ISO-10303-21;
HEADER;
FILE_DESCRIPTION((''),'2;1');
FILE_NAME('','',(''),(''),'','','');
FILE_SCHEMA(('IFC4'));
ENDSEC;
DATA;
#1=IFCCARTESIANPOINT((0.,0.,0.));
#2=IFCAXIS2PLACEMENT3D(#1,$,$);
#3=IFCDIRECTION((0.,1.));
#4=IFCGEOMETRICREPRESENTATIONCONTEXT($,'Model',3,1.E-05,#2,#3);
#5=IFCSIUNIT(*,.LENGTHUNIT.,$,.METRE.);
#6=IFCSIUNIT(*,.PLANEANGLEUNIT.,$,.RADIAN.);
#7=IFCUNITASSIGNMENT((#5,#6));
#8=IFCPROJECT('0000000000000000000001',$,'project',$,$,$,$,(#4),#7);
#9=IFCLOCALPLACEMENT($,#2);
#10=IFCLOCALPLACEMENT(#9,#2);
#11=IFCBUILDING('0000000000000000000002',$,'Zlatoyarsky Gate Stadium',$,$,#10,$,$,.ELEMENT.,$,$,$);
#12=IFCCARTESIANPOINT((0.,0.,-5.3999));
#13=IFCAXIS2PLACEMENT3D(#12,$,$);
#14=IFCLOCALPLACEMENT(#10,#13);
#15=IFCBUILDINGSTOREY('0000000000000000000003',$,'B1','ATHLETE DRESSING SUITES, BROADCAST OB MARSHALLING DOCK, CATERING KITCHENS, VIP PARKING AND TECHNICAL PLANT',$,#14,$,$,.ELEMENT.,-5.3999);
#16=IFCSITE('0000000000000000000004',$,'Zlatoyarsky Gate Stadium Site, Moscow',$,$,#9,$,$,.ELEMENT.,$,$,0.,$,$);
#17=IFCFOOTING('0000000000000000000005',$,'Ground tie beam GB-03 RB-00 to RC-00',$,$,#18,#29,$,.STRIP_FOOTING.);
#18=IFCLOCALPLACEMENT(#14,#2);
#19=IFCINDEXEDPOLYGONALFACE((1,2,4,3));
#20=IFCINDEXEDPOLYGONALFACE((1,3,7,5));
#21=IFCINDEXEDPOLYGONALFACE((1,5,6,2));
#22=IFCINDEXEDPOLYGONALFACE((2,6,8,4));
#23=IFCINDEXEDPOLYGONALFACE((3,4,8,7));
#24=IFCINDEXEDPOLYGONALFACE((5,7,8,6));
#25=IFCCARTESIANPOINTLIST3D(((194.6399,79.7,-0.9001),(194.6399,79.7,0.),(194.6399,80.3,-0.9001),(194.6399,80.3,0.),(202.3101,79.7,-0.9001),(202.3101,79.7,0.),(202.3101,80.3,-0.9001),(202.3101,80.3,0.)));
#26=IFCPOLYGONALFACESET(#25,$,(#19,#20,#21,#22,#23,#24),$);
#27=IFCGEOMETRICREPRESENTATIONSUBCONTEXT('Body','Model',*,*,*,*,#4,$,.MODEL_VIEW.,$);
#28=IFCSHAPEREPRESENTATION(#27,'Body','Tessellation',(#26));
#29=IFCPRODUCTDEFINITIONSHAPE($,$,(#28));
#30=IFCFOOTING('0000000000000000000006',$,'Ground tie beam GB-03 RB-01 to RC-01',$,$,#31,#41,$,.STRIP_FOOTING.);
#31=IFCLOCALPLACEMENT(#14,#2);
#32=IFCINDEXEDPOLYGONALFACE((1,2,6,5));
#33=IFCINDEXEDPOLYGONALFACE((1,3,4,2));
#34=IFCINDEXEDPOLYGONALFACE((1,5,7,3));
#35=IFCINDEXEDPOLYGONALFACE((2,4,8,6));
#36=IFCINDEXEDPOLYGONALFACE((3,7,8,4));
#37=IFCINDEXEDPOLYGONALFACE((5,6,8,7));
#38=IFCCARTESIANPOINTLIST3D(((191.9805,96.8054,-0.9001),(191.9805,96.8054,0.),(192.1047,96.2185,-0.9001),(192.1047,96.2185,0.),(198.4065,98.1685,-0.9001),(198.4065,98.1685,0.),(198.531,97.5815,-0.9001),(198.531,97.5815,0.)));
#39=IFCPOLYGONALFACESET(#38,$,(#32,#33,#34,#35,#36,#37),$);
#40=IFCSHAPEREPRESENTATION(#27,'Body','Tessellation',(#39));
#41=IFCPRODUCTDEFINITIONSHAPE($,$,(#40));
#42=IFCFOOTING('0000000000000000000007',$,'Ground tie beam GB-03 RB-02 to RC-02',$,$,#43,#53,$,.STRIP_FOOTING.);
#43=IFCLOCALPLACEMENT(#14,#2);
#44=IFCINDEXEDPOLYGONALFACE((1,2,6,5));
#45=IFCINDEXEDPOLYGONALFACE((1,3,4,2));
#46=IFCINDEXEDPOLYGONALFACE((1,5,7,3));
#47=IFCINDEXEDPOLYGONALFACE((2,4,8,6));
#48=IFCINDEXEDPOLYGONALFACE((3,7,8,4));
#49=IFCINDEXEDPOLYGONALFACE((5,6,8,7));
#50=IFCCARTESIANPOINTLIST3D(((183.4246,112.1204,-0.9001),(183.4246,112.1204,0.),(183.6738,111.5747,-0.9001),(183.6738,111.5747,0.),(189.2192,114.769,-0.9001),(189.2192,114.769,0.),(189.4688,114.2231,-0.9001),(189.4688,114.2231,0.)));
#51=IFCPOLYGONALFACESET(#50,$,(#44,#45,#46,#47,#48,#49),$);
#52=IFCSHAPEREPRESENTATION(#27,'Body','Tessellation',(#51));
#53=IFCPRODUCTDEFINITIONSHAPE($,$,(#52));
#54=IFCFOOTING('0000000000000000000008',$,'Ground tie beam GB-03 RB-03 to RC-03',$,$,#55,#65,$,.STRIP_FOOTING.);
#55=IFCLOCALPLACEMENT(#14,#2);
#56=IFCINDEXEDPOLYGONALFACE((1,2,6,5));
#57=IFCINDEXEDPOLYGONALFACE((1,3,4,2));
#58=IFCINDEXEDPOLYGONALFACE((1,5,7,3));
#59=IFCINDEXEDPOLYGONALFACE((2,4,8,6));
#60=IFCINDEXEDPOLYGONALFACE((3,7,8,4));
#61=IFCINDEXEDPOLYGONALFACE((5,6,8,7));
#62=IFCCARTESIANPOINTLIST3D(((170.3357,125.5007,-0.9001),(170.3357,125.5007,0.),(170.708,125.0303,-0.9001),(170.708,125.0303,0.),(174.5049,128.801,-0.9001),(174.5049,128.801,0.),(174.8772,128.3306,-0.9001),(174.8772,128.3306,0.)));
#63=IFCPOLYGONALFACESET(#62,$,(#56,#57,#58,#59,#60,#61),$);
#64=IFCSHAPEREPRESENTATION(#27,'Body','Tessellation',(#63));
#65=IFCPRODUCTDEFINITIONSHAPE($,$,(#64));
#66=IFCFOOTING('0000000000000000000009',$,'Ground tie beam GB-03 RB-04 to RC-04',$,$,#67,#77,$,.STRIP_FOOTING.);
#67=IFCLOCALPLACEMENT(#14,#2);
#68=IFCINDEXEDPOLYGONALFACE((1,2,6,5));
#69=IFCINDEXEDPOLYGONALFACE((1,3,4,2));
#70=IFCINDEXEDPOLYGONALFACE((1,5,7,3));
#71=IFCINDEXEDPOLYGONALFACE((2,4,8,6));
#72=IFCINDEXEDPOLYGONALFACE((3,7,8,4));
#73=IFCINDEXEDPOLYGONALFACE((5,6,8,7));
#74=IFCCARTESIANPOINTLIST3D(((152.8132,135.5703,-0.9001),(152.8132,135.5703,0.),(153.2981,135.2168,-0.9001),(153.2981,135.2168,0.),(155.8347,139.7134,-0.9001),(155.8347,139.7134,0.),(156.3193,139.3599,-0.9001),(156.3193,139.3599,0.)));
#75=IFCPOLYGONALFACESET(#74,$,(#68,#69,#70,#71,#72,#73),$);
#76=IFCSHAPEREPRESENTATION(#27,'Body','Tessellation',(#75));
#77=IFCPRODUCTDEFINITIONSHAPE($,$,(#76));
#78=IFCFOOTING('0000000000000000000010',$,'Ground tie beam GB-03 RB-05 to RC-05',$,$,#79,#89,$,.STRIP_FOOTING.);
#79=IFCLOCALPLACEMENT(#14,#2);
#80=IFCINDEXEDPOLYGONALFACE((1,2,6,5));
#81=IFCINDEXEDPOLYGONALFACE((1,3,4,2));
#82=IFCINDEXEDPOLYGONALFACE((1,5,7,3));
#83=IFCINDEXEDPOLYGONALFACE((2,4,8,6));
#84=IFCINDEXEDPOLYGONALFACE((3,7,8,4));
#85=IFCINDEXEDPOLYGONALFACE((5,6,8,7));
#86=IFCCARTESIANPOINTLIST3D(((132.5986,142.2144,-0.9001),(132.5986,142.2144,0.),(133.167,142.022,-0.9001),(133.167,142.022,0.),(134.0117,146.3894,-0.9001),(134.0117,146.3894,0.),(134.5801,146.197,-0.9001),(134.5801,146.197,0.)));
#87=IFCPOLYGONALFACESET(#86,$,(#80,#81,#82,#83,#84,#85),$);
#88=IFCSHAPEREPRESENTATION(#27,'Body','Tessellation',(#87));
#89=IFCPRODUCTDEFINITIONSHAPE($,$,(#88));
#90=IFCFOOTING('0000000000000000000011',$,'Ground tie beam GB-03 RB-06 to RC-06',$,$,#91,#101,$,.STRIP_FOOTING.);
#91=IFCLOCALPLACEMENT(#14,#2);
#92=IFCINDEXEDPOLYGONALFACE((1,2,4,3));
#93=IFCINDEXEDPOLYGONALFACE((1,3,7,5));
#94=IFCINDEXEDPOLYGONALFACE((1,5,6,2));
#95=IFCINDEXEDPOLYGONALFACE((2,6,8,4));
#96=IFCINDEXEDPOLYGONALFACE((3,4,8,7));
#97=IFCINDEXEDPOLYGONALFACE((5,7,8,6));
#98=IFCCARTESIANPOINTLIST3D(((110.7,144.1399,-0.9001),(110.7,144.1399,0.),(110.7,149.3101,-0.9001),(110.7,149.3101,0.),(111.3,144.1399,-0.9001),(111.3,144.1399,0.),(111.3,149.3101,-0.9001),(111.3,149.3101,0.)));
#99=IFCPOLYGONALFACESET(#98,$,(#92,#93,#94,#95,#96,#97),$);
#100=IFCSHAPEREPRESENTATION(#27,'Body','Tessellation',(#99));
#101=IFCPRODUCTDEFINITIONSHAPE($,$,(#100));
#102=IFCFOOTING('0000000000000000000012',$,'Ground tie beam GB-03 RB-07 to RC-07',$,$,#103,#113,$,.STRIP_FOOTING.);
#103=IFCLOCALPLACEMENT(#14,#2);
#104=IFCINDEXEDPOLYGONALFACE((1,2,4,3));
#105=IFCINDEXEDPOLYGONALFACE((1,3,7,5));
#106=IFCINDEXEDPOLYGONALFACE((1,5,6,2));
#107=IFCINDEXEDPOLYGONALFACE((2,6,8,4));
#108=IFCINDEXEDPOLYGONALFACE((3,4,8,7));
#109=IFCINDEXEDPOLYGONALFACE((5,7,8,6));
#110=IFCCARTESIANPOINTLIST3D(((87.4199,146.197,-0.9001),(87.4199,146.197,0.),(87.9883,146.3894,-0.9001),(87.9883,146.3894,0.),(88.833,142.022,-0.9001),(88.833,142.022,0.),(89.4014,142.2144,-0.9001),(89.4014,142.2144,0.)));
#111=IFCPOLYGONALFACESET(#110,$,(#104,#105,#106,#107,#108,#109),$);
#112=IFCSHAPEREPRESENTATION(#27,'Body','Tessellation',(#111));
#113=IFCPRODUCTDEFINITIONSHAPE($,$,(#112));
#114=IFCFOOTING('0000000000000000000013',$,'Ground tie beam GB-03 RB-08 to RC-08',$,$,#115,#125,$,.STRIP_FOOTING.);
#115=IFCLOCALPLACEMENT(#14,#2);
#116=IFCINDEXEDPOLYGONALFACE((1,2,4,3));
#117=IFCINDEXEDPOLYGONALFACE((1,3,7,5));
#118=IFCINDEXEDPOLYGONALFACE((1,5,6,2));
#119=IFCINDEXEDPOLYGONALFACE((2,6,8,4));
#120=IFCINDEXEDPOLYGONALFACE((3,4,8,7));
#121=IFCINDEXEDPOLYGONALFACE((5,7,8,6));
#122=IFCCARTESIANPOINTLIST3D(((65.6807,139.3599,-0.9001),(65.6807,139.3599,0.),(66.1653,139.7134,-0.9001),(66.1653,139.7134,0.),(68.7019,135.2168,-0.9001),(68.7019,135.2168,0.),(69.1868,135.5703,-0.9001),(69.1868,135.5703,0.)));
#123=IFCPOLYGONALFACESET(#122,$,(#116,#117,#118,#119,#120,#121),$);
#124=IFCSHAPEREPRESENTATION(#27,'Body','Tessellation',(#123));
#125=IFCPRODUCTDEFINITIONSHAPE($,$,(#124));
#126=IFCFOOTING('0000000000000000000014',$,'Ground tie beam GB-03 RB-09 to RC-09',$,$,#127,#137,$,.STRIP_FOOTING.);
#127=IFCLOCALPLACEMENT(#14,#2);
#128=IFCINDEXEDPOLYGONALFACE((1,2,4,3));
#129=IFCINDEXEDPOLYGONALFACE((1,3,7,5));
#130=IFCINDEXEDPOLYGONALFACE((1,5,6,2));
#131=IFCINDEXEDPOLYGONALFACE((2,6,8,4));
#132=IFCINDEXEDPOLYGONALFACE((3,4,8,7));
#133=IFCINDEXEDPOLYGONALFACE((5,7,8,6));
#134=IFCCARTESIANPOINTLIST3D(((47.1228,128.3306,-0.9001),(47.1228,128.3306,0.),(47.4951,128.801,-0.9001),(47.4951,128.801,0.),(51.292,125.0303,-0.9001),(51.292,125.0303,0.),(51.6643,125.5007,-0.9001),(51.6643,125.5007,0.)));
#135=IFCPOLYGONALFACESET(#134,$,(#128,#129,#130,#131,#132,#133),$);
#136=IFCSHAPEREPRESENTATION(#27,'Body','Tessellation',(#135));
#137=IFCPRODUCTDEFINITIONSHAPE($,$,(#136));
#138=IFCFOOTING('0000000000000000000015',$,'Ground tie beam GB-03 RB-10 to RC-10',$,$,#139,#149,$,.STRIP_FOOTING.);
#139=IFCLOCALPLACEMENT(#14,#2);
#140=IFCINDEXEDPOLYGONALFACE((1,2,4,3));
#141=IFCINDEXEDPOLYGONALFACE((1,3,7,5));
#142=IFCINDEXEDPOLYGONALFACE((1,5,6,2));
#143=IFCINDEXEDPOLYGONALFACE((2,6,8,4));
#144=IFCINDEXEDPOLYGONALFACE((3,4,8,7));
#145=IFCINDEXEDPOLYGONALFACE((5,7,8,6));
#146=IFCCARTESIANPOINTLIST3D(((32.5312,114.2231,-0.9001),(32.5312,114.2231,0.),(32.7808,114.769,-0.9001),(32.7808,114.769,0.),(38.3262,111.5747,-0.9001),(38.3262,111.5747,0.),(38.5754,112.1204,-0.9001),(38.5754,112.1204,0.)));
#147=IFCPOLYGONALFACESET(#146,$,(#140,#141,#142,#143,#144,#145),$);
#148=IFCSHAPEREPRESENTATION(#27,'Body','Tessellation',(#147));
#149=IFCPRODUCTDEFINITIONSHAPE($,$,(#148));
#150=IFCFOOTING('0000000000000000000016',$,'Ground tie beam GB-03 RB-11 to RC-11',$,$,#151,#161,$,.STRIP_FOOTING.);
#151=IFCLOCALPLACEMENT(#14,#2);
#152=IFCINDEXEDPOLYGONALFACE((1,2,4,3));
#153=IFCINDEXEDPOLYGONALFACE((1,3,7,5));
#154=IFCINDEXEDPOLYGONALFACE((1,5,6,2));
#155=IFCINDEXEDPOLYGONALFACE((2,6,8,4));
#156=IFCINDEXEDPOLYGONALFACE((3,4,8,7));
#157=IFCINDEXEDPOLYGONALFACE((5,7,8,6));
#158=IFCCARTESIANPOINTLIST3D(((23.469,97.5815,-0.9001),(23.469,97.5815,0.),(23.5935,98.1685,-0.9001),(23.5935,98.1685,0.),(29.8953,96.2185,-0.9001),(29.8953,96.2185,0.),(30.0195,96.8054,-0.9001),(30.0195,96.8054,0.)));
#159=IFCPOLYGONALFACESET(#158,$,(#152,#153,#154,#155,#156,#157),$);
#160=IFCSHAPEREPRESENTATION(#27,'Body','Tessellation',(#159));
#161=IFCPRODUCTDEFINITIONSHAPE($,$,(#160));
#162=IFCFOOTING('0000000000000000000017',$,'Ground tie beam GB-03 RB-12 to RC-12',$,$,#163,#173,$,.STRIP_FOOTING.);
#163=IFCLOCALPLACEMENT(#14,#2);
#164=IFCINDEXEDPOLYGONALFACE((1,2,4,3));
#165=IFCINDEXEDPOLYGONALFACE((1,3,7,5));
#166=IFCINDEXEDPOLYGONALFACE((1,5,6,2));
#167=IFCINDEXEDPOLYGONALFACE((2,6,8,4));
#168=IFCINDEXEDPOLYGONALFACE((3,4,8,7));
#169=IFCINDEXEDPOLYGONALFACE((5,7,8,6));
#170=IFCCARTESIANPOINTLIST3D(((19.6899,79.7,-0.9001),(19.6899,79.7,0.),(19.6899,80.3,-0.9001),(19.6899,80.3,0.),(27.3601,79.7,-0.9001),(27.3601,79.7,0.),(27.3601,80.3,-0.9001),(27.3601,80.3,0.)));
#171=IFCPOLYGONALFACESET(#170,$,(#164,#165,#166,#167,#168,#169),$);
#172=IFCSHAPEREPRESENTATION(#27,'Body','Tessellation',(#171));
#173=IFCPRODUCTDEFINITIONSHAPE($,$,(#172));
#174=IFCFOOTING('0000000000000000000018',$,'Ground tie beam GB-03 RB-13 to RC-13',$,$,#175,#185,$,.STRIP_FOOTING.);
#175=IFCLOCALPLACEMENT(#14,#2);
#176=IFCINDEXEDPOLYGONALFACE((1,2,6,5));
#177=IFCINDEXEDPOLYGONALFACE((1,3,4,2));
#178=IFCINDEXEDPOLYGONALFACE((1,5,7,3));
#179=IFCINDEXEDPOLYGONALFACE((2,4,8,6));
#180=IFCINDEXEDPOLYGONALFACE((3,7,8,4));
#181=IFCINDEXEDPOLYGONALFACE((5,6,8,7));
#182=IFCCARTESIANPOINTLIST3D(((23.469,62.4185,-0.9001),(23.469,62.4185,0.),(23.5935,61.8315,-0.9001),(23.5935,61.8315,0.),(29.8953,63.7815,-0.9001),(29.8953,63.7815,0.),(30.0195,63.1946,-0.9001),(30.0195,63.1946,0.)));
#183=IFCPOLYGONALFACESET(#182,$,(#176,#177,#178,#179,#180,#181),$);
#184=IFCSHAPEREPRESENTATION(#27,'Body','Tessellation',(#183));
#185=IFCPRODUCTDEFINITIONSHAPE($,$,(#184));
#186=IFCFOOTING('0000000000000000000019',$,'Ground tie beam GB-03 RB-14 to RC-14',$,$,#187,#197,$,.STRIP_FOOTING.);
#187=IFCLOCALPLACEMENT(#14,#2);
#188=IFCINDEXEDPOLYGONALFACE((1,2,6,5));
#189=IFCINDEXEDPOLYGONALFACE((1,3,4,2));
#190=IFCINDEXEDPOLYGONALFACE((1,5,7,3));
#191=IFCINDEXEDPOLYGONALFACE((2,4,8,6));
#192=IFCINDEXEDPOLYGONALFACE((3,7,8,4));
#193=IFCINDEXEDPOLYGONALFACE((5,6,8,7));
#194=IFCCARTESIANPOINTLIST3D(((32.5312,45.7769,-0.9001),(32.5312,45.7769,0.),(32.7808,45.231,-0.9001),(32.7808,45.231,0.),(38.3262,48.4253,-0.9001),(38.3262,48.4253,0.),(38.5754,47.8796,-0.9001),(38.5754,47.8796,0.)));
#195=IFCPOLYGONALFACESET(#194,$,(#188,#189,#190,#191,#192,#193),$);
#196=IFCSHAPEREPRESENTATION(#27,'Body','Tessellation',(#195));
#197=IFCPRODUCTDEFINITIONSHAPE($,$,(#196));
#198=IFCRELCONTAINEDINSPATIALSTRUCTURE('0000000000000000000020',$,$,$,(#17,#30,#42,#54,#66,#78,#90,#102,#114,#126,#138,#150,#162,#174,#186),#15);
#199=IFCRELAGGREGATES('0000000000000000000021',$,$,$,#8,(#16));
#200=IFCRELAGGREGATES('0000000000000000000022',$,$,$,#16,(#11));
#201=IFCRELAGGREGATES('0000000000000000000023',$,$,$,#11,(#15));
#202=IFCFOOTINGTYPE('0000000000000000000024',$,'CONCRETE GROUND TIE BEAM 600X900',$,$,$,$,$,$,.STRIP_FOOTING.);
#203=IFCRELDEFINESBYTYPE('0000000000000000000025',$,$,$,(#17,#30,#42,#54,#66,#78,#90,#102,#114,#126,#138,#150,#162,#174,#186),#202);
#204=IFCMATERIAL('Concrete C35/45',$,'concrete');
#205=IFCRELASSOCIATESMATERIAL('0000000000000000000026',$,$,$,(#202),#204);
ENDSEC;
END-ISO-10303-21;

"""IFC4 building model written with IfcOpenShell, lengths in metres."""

from ifc_helpers import new_model, si_unit, direction, frame, origin, origin_2d, place, context, subcontext, project, spatial, polyline, rectangle, outline, extrude, material, material_profile, profile_set, type_object, element, save


model = new_model("IFC4")

# Units and contexts
model_context = context("Model", 3, precision=1e-05, world=origin(), true_north=direction((0.0, 1.0)))
body_context = subcontext(model_context, "Body", "Model", "MODEL_VIEW")
ifc_project = project(units=[si_unit("LENGTHUNIT", "METRE"), si_unit("PLANEANGLEUNIT", "RADIAN")], contexts=[model_context])

# Site, building, storey
site_placement = place(None, origin())
site = spatial("IfcSite", under=ifc_project, at=site_placement, Name="Zlatoyarsky Gate Stadium Site, Moscow", CompositionType="ELEMENT", RefElevation=0.0)
building_placement = place(site_placement, origin())
building = spatial("IfcBuilding", under=site, at=building_placement, Name="Zlatoyarsky Gate Stadium", CompositionType="ELEMENT")
storey_placement = place(building_placement, frame((0.0, 0.0, -5.3999)))
storey = spatial("IfcBuildingStorey", under=building, at=storey_placement, Name="B1", Description="ATHLETE DRESSING SUITES, BROADCAST OB MARSHALLING DOCK, CATERING KITCHENS, VIP PARKING AND TECHNICAL PLANT", CompositionType="ELEMENT", Elevation=-5.3999)

# Footings
ifc_material = material(Name="Concrete C35/45", Category="concrete")
ifc_material_profile_1 = material_profile(ifc_material, rectangle(XDim=0.6001, YDim=0.8999, at=origin_2d()), Name="GB 600X900")
ifc_profile_set_1 = profile_set([ifc_material_profile_1], Name="Concrete C35/45")
footing_type_1 = type_object("IfcFootingType", Name="CONCRETE GROUND TIE BEAM 600X900", PredefinedType="STRIP_FOOTING", material=ifc_profile_set_1)
footing_1_placement = place(storey_placement, frame((0.0, 0.0, -0.9001)))
element("IfcFooting", 1, at=footing_1_placement, inside=storey, type_object=footing_type_1, Name="Ground tie beam GB-03 RB-00 to RC-00", PredefinedType="STRIP_FOOTING", context=body_context, shape_type="SweptSolid", body=[
    extrude(outline(polyline([(194.6399, 79.7), (202.3101, 79.7), (202.3101, 80.3), (194.6399, 80.3), (194.6399, 79.7)])), origin(), (0.0, 0.0, 1.0), 0.9001),
])
footing_2_placement = place(storey_placement, frame((0.0, 0.0, -0.9001)))
element("IfcFooting", 2, at=footing_2_placement, inside=storey, type_object=footing_type_1, Name="Ground tie beam GB-03 RB-01 to RC-01", PredefinedType="STRIP_FOOTING", context=body_context, shape_type="SweptSolid", body=[
    extrude(outline(polyline([(192.1047, 96.2185), (198.531, 97.5815), (198.4065, 98.1685), (191.9805, 96.8054), (192.1047, 96.2185)])), origin(), (0.0, 0.0, 1.0), 0.9001),
])
footing_3_placement = place(storey_placement, frame((0.0, 0.0, -0.9001)))
element("IfcFooting", 3, at=footing_3_placement, inside=storey, type_object=footing_type_1, Name="Ground tie beam GB-03 RB-02 to RC-02", PredefinedType="STRIP_FOOTING", context=body_context, shape_type="SweptSolid", body=[
    extrude(outline(polyline([(183.6738, 111.5747), (189.4688, 114.2231), (189.2192, 114.769), (183.4246, 112.1204), (183.6738, 111.5747)])), origin(), (0.0, 0.0, 1.0), 0.9001),
])
footing_4_placement = place(storey_placement, frame((0.0, 0.0, -0.9001)))
element("IfcFooting", 4, at=footing_4_placement, inside=storey, type_object=footing_type_1, Name="Ground tie beam GB-03 RB-03 to RC-03", PredefinedType="STRIP_FOOTING", context=body_context, shape_type="SweptSolid", body=[
    extrude(outline(polyline([(170.708, 125.0303), (174.8772, 128.3306), (174.5049, 128.801), (170.3357, 125.5007), (170.708, 125.0303)])), origin(), (0.0, 0.0, 1.0), 0.9001),
])
footing_5_placement = place(storey_placement, frame((0.0, 0.0, -0.9001)))
element("IfcFooting", 5, at=footing_5_placement, inside=storey, type_object=footing_type_1, Name="Ground tie beam GB-03 RB-04 to RC-04", PredefinedType="STRIP_FOOTING", context=body_context, shape_type="SweptSolid", body=[
    extrude(outline(polyline([(153.2981, 135.2168), (156.3193, 139.3599), (155.8347, 139.7134), (152.8132, 135.5703), (153.2981, 135.2168)])), origin(), (0.0, 0.0, 1.0), 0.9001),
])
footing_6_placement = place(storey_placement, frame((0.0, 0.0, -0.9001)))
element("IfcFooting", 6, at=footing_6_placement, inside=storey, type_object=footing_type_1, Name="Ground tie beam GB-03 RB-05 to RC-05", PredefinedType="STRIP_FOOTING", context=body_context, shape_type="SweptSolid", body=[
    extrude(outline(polyline([(133.167, 142.022), (134.5801, 146.197), (134.0117, 146.3894), (132.5986, 142.2144), (133.167, 142.022)])), origin(), (0.0, 0.0, 1.0), 0.9001),
])
footing_7_placement = place(storey_placement, frame((0.0, 0.0, -0.9001)))
element("IfcFooting", 7, at=footing_7_placement, inside=storey, type_object=footing_type_1, Name="Ground tie beam GB-03 RB-06 to RC-06", PredefinedType="STRIP_FOOTING", context=body_context, shape_type="SweptSolid", body=[
    extrude(outline(polyline([(111.3, 144.1399), (111.3, 149.3101), (110.7, 149.3101), (110.7, 144.1399), (111.3, 144.1399)])), origin(), (0.0, 0.0, 1.0), 0.9001),
])
footing_8_placement = place(storey_placement, frame((0.0, 0.0, -0.9001)))
element("IfcFooting", 8, at=footing_8_placement, inside=storey, type_object=footing_type_1, Name="Ground tie beam GB-03 RB-07 to RC-07", PredefinedType="STRIP_FOOTING", context=body_context, shape_type="SweptSolid", body=[
    extrude(outline(polyline([(89.4014, 142.2144), (87.9883, 146.3894), (87.4199, 146.197), (88.833, 142.022), (89.4014, 142.2144)])), origin(), (0.0, 0.0, 1.0), 0.9001),
])
footing_9_placement = place(storey_placement, frame((0.0, 0.0, -0.9001)))
element("IfcFooting", 9, at=footing_9_placement, inside=storey, type_object=footing_type_1, Name="Ground tie beam GB-03 RB-08 to RC-08", PredefinedType="STRIP_FOOTING", context=body_context, shape_type="SweptSolid", body=[
    extrude(outline(polyline([(69.1868, 135.5703), (66.1653, 139.7134), (65.6807, 139.3599), (68.7019, 135.2168), (69.1868, 135.5703)])), origin(), (0.0, 0.0, 1.0), 0.9001),
])
footing_10_placement = place(storey_placement, frame((0.0, 0.0, -0.9001)))
element("IfcFooting", 10, at=footing_10_placement, inside=storey, type_object=footing_type_1, Name="Ground tie beam GB-03 RB-09 to RC-09", PredefinedType="STRIP_FOOTING", context=body_context, shape_type="SweptSolid", body=[
    extrude(outline(polyline([(51.6643, 125.5007), (47.4951, 128.801), (47.1228, 128.3306), (51.292, 125.0303), (51.6643, 125.5007)])), origin(), (0.0, 0.0, 1.0), 0.9001),
])
footing_11_placement = place(storey_placement, frame((0.0, 0.0, -0.9001)))
element("IfcFooting", 11, at=footing_11_placement, inside=storey, type_object=footing_type_1, Name="Ground tie beam GB-03 RB-10 to RC-10", PredefinedType="STRIP_FOOTING", context=body_context, shape_type="SweptSolid", body=[
    extrude(outline(polyline([(38.5754, 112.1204), (32.7808, 114.769), (32.5312, 114.2231), (38.3262, 111.5747), (38.5754, 112.1204)])), origin(), (0.0, 0.0, 1.0), 0.9001),
])
footing_12_placement = place(storey_placement, frame((0.0, 0.0, -0.9001)))
element("IfcFooting", 12, at=footing_12_placement, inside=storey, type_object=footing_type_1, Name="Ground tie beam GB-03 RB-11 to RC-11", PredefinedType="STRIP_FOOTING", context=body_context, shape_type="SweptSolid", body=[
    extrude(outline(polyline([(30.0195, 96.8054), (23.5935, 98.1685), (23.469, 97.5815), (29.8953, 96.2185), (30.0195, 96.8054)])), origin(), (0.0, 0.0, 1.0), 0.9001),
])
footing_13_placement = place(storey_placement, frame((0.0, 0.0, -0.9001)))
element("IfcFooting", 13, at=footing_13_placement, inside=storey, type_object=footing_type_1, Name="Ground tie beam GB-03 RB-12 to RC-12", PredefinedType="STRIP_FOOTING", context=body_context, shape_type="SweptSolid", body=[
    extrude(outline(polyline([(27.3601, 80.3), (19.6899, 80.3), (19.6899, 79.7), (27.3601, 79.7), (27.3601, 80.3)])), origin(), (0.0, 0.0, 1.0), 0.9001),
])
footing_14_placement = place(storey_placement, frame((0.0, 0.0, -0.9001)))
element("IfcFooting", 14, at=footing_14_placement, inside=storey, type_object=footing_type_1, Name="Ground tie beam GB-03 RB-13 to RC-13", PredefinedType="STRIP_FOOTING", context=body_context, shape_type="SweptSolid", body=[
    extrude(outline(polyline([(29.8953, 63.7815), (23.469, 62.4185), (23.5935, 61.8315), (30.0195, 63.1946), (29.8953, 63.7815)])), origin(), (0.0, 0.0, 1.0), 0.9001),
])
footing_15_placement = place(storey_placement, frame((0.0, 0.0, -0.9001)))
element("IfcFooting", 15, at=footing_15_placement, inside=storey, type_object=footing_type_1, Name="Ground tie beam GB-03 RB-14 to RC-14", PredefinedType="STRIP_FOOTING", context=body_context, shape_type="SweptSolid", body=[
    extrude(outline(polyline([(38.3262, 48.4253), (32.5312, 45.7769), (32.7808, 45.231), (38.5754, 47.8796), (38.3262, 48.4253)])), origin(), (0.0, 0.0, 1.0), 0.9001),
])

save(model, "model.ifc")
